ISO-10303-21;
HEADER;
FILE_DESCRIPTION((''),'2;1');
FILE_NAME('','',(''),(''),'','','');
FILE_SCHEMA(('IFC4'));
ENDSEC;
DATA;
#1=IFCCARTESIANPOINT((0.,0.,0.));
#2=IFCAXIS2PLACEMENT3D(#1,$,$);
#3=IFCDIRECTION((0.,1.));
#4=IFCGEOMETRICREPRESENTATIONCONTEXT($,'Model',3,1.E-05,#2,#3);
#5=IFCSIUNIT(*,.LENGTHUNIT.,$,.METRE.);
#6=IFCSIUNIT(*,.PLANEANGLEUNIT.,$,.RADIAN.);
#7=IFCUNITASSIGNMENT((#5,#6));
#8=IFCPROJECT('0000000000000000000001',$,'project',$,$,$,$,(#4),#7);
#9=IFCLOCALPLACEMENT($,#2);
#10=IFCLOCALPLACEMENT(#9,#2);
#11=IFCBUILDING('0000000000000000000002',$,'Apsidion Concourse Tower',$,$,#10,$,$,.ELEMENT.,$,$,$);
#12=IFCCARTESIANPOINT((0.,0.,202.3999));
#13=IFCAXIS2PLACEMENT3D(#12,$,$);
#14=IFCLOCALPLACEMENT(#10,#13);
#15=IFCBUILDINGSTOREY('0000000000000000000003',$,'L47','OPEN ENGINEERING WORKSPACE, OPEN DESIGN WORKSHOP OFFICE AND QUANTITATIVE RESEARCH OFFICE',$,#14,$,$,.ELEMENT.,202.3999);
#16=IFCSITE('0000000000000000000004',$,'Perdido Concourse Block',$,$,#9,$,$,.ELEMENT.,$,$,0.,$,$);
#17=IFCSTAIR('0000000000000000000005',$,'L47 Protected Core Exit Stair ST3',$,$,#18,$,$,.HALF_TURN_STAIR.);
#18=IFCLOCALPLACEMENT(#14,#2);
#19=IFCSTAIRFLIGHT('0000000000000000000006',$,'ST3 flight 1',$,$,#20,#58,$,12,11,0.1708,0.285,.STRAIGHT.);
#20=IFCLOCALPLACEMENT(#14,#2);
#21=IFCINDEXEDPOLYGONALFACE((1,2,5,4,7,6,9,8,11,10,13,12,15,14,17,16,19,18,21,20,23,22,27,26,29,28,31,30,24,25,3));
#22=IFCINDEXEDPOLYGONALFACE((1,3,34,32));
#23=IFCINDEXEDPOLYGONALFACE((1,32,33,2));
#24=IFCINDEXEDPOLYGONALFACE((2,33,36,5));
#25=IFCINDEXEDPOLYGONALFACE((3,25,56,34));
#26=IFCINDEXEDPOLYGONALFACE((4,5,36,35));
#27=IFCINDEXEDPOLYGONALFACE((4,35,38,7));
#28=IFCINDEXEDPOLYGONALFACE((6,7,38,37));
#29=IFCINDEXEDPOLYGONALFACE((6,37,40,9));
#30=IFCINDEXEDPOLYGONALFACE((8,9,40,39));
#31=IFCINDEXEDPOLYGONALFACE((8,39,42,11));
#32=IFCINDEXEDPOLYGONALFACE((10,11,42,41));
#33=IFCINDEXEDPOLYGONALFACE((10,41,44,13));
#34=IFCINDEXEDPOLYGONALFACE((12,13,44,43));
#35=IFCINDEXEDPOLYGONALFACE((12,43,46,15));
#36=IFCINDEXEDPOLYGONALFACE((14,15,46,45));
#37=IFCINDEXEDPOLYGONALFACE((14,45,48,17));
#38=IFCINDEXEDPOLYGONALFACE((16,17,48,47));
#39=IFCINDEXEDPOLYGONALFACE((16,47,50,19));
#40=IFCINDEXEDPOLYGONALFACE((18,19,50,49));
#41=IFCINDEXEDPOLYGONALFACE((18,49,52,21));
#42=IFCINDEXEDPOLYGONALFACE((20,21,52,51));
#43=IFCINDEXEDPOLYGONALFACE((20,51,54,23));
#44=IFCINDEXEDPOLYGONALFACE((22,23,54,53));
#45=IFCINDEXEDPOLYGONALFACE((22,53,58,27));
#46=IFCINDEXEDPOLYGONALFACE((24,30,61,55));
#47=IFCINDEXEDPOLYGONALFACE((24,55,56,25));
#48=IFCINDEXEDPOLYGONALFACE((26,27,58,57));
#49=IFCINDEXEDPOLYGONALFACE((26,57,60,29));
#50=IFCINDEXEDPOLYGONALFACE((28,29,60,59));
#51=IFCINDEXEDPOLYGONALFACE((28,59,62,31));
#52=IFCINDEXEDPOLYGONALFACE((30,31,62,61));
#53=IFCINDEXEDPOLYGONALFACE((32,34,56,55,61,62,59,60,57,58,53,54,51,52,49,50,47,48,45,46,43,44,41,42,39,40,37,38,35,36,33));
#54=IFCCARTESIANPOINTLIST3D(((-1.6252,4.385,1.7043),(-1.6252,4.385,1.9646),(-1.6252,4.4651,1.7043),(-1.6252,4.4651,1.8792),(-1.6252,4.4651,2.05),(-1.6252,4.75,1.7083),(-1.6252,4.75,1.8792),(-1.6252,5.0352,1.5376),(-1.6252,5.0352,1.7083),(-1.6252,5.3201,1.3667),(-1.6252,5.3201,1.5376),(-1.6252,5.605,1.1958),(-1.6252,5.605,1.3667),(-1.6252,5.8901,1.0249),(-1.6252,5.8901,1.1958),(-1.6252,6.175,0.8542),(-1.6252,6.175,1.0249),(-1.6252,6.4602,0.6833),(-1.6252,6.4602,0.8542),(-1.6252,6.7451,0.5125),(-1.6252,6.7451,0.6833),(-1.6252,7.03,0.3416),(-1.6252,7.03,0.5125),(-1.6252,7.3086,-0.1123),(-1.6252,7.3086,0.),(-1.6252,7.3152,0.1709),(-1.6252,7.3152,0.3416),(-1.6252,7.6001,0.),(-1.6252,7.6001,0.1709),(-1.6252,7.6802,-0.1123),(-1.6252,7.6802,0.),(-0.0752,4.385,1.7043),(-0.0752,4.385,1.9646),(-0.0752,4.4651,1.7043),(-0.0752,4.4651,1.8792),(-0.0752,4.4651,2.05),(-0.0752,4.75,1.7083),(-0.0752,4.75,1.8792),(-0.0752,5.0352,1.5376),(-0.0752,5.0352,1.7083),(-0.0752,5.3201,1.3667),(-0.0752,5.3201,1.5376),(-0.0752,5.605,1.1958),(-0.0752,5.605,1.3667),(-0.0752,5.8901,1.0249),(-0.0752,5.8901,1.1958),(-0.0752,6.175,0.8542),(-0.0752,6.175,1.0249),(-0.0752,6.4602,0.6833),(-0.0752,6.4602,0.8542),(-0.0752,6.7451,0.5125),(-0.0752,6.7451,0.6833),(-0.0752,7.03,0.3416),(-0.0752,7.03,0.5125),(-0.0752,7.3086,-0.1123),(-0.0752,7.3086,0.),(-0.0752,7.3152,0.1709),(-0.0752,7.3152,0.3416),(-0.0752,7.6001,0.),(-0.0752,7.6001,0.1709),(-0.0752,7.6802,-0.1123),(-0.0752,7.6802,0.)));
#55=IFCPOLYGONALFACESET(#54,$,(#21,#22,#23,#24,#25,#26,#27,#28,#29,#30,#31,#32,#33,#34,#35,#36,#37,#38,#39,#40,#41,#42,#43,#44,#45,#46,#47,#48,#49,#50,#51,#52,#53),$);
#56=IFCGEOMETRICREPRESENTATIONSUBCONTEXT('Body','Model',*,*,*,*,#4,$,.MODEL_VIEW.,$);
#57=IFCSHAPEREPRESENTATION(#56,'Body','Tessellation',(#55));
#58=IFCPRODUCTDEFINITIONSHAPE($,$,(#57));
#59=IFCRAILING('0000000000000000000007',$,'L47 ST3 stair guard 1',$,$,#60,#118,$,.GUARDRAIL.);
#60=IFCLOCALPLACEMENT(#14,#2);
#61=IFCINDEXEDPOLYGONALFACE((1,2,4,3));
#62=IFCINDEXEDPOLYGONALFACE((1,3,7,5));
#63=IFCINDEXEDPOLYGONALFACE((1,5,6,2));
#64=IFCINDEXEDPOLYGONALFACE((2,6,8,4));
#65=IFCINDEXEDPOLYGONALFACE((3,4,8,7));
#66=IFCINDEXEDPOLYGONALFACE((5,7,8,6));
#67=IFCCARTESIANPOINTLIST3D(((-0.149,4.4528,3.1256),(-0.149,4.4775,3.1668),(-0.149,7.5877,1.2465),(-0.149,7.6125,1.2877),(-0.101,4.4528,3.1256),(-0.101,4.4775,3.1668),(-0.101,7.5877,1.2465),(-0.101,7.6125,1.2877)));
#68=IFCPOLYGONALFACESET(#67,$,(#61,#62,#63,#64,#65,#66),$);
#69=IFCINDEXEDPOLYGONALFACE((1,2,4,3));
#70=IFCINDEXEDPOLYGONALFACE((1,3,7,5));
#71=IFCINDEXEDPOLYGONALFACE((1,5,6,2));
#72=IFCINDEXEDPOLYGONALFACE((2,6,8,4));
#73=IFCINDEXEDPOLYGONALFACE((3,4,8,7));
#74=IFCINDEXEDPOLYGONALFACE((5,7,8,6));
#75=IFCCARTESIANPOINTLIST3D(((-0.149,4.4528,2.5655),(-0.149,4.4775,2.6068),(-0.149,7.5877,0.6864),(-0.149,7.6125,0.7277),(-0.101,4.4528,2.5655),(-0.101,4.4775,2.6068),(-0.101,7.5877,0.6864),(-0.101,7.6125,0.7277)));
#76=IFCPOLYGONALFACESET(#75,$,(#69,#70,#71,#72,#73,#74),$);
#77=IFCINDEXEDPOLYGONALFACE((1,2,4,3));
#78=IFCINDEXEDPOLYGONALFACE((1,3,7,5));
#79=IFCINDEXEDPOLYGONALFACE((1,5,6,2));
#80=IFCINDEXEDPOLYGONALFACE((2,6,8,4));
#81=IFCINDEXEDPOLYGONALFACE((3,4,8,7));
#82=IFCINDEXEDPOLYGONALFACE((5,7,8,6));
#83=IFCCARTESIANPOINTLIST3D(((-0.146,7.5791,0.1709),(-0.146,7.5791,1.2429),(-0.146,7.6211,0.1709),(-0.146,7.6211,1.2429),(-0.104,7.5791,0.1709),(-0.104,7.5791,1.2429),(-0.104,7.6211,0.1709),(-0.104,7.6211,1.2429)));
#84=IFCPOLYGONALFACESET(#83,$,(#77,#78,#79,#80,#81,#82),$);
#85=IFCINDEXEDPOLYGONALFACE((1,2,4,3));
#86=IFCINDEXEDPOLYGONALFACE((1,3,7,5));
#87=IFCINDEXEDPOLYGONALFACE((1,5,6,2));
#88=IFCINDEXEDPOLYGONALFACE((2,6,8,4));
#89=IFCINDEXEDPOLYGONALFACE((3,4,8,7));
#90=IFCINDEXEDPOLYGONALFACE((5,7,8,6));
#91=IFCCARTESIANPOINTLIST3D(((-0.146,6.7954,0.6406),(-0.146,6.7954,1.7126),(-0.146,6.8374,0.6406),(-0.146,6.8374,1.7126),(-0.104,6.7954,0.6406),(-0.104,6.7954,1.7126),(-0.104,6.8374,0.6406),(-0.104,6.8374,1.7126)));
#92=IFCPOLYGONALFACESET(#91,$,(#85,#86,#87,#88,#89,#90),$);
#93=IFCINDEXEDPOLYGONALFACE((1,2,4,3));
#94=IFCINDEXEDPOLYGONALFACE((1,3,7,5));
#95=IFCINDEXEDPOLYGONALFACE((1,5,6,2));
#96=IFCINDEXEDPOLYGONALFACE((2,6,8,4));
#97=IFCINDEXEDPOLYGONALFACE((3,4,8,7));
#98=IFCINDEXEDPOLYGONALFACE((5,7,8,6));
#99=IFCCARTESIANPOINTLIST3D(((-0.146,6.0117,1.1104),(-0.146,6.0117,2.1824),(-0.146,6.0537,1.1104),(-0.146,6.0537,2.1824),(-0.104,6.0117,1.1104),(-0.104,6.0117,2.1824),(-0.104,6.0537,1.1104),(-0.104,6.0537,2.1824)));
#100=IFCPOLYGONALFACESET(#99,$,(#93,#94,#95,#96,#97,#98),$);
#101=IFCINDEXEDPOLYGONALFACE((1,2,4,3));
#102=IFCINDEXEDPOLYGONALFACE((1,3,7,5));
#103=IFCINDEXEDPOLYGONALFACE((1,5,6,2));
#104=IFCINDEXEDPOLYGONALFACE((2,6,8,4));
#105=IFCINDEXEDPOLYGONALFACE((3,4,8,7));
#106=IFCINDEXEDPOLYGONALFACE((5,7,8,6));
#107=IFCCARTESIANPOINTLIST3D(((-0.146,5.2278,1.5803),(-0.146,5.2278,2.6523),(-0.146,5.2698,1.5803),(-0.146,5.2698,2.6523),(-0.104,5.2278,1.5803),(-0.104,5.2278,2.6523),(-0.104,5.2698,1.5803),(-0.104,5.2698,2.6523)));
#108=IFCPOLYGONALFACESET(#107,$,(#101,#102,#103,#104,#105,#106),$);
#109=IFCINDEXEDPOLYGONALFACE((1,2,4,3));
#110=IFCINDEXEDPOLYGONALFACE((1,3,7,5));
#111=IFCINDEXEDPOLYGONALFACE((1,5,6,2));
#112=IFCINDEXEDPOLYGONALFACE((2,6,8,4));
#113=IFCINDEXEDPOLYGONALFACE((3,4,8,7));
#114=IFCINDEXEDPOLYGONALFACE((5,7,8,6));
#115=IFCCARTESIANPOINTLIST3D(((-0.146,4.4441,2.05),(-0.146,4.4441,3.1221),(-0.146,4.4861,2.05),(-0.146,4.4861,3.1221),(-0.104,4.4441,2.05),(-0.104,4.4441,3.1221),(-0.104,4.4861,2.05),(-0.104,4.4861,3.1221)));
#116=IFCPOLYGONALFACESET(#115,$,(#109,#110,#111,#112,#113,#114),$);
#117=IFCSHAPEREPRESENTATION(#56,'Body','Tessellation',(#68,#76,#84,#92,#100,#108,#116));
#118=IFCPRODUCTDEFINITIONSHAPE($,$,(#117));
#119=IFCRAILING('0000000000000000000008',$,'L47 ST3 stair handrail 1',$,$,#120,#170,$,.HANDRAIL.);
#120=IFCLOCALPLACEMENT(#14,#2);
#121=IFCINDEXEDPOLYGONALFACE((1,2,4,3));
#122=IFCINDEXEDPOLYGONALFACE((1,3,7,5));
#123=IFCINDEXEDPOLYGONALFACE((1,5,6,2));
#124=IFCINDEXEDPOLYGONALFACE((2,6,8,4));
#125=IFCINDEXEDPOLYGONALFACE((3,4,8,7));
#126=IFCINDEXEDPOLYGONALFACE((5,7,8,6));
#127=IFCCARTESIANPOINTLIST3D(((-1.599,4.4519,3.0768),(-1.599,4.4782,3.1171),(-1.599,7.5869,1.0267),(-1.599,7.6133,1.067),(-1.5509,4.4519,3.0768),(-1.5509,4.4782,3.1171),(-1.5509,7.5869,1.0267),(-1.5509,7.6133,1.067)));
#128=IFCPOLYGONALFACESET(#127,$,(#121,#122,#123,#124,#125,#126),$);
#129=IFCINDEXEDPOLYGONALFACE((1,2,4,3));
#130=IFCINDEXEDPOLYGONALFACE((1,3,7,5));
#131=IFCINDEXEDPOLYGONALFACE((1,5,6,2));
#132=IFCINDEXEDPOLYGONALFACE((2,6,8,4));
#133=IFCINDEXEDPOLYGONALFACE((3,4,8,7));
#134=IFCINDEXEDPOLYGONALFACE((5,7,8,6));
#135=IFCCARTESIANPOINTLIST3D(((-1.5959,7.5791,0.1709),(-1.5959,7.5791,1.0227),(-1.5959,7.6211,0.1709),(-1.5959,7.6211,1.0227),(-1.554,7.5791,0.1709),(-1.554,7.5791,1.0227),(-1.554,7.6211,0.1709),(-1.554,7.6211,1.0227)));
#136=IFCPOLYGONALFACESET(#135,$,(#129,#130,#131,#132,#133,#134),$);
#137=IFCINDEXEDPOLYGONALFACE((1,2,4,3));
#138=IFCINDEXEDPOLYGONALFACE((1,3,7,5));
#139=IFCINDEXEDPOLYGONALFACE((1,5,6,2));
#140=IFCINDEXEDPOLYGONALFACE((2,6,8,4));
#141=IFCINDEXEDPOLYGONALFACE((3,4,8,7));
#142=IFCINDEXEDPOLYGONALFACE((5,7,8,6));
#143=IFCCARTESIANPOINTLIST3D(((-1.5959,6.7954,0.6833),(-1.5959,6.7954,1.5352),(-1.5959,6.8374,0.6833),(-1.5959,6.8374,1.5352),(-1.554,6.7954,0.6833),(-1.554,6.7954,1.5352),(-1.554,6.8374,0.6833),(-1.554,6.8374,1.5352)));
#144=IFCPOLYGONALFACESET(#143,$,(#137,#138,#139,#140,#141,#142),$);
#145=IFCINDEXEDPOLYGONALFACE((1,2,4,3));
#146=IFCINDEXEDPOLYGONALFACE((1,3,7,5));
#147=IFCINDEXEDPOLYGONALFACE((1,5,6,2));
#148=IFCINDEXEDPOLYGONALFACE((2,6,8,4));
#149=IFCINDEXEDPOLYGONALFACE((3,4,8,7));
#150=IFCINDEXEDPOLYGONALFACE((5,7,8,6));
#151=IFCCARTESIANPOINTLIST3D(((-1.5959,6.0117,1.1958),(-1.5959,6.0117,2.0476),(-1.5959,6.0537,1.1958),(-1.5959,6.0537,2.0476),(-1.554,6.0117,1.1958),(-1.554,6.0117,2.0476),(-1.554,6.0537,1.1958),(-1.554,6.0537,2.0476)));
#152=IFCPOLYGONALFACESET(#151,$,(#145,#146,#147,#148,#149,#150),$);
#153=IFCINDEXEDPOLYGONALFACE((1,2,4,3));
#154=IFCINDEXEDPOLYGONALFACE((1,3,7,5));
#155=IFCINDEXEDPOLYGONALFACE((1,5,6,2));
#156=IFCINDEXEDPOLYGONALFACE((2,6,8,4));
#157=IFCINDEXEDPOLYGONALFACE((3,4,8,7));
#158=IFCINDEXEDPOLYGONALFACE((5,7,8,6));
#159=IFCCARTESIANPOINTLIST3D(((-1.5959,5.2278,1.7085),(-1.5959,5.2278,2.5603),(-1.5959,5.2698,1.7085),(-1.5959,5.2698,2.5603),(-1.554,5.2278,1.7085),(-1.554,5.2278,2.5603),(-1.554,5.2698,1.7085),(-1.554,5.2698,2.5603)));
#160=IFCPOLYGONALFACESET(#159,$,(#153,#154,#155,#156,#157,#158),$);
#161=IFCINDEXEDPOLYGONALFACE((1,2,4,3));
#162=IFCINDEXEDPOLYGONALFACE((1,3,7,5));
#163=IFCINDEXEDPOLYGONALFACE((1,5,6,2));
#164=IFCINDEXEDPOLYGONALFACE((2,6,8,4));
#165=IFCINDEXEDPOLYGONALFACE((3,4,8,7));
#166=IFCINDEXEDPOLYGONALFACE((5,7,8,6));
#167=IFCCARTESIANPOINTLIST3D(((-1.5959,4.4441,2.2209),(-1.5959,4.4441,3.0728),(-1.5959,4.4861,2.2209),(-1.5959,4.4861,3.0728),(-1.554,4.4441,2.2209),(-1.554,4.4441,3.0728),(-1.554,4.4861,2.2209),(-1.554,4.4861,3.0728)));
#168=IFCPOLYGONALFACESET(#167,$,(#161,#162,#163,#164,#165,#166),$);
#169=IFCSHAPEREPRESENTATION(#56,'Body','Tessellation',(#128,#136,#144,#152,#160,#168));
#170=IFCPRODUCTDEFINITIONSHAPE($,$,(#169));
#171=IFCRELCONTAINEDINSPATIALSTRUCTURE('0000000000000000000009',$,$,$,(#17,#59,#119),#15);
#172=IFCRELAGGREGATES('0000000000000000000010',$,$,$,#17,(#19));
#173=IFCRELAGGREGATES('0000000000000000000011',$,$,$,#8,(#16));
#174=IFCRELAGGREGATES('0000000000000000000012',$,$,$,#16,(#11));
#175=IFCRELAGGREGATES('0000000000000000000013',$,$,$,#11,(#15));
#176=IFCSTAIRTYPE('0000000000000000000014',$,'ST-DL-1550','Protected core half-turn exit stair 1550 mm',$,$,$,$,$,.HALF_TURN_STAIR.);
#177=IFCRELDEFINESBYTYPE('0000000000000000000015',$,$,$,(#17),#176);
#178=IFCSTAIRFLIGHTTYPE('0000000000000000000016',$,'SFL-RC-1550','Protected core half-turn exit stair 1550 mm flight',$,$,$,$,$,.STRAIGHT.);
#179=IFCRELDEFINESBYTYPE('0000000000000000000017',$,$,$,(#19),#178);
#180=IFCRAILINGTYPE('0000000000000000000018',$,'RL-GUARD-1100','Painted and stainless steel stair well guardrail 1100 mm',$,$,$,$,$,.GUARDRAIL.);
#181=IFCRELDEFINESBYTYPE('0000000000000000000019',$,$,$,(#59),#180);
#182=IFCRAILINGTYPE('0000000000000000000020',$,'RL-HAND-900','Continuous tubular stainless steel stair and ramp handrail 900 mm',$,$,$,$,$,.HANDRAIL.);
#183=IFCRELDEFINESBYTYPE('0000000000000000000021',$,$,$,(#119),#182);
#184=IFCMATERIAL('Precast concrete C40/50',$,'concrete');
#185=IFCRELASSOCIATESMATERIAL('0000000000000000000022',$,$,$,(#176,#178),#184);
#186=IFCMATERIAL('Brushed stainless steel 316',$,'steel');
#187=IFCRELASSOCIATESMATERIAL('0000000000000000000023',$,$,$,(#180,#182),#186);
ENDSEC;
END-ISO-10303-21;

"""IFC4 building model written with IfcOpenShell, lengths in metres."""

from ifc_helpers import new_model, si_unit, direction, frame, origin, origin_2d, place, context, subcontext, project, spatial, polyline, rectangle, outline, extrude, material, type_object, element, aggregate, save


model = new_model("IFC4")

# Units and contexts
model_context = context("Model", 3, precision=1e-05, world=origin(), true_north=direction((0.0, 1.0)))
body_context = subcontext(model_context, "Body", "Model", "MODEL_VIEW")
ifc_project = project(units=[si_unit("LENGTHUNIT", "METRE"), si_unit("PLANEANGLEUNIT", "RADIAN")], contexts=[model_context])

# Site, building, storey
site_placement = place(None, origin())
site = spatial("IfcSite", under=ifc_project, at=site_placement, Name="Perdido Concourse Block", CompositionType="ELEMENT", RefElevation=0.0)
building_placement = place(site_placement, origin())
building = spatial("IfcBuilding", under=site, at=building_placement, Name="Apsidion Concourse Tower", CompositionType="ELEMENT")
storey_placement = place(building_placement, frame((0.0, 0.0, 202.3999)))
storey = spatial("IfcBuildingStorey", under=building, at=storey_placement, Name="L47", Description="OPEN ENGINEERING WORKSPACE, OPEN DESIGN WORKSHOP OFFICE AND QUANTITATIVE RESEARCH OFFICE", CompositionType="ELEMENT", Elevation=202.3999)

# Shared definitions
ifc_material_1 = material(Name="Brushed stainless steel 316", Category="steel")

# Stair, stair flight
ifc_material_2 = material(Name="Precast concrete C40/50", Category="concrete")
stair_type = type_object("IfcStairType", Name="ST-DL-1550", Description="Protected core half-turn exit stair 1550 mm", PredefinedType="HALF_TURN_STAIR", material=ifc_material_2)
stair_placement = place(storey_placement, origin())
stair = element("IfcStair", 1, at=stair_placement, inside=storey, type_object=stair_type, Name="L47 Protected Core Exit Stair ST3", PredefinedType="HALF_TURN_STAIR")
stair_flight_type = type_object("IfcStairFlightType", Name="SFL-RC-1550", Description="Protected core half-turn exit stair 1550 mm flight", PredefinedType="STRAIGHT", material=ifc_material_2)
stair_flight_placement = place(storey_placement, frame((-0.8501, 7.6001, 0.0), z_axis=(0.0, 0.0, 1.0), x_axis=(0.0, -1.0, 0.0)))
stair_flight = element("IfcStairFlight", 2, at=stair_flight_placement, type_object=stair_flight_type, Name="ST3 flight 1", NumberOfRisers=12, NumberOfTreads=11, PredefinedType="STRAIGHT", RiserHeight=0.1708, TreadLength=0.285, context=body_context, shape_type="SweptSolid", body=[
    extrude(outline(polyline([(-0.0801, -0.1123), (-0.0801, 0.0), (0.0, 0.0), (0.0, 0.1709), (0.2849, 0.1709), (0.2849, 0.3416), (0.5701, 0.3416), (0.5701, 0.5125), (0.855, 0.5125), (0.855, 0.6833), (1.1399, 0.6833), (1.1399, 0.8542), (1.425, 0.8542), (1.425, 1.0249), (1.71, 1.0249), (1.71, 1.1958), (1.9951, 1.1958), (1.9951, 1.3667), (2.28, 1.3667), (2.28, 1.5376), (2.5649, 1.5376), (2.5649, 1.7083), (2.8501, 1.7083), (2.8501, 1.8792), (3.135, 1.8792), (3.135, 2.05), (3.2151, 1.9646), (3.2151, 1.7043), (3.135, 1.7043), (0.2915, 0.0), (0.2915, -0.1123), (-0.0801, -0.1123)])), frame((0.0, 0.7749, 0.0), z_axis=(0.0, -1.0, 0.0), x_axis=(1.0, 0.0, 0.0)), (0.0, 0.0, 1.0), 1.55),
])
aggregate(stair, [stair_flight])

# Railings
railing_type_1 = type_object("IfcRailingType", Name="RL-GUARD-1100", Description="Painted and stainless steel stair well guardrail 1100 mm", PredefinedType="GUARDRAIL", material=ifc_material_1)
railing_1_placement = place(storey_placement, frame((-0.125, 7.6001, 0.1709)))
element("IfcRailing", 3, at=railing_1_placement, inside=storey, type_object=railing_type_1, Name="L47 ST3 stair guard 1", PredefinedType="GUARDRAIL", context=body_context, shape_type="SweptSolid", body=[
    extrude(rectangle(XDim=0.0481, YDim=0.0481, at=origin_2d()), frame((0.0, 0.0, 1.0962), z_axis=(0.0, -0.857717, 0.514122), x_axis=(1.0, 0.0, 0.0)), (0.0, 0.0, 1.0), 3.655),
    extrude(rectangle(XDim=0.0481, YDim=0.0481, at=origin_2d()), frame((0.0, 0.0, 0.5361), z_axis=(0.0, -0.857717, 0.514122), x_axis=(1.0, 0.0, 0.0)), (0.0, 0.0, 1.0), 3.655),
    extrude(rectangle(XDim=0.042, YDim=0.042, at=origin_2d()), origin(), (0.0, 0.0, 1.0), 1.072),
    extrude(rectangle(XDim=0.042, YDim=0.042, at=origin_2d()), frame((0.0, -0.7837, 0.4697)), (0.0, 0.0, 1.0), 1.072),
    extrude(rectangle(XDim=0.042, YDim=0.042, at=origin_2d()), frame((0.0, -1.5674, 0.9395)), (0.0, 0.0, 1.0), 1.072),
    extrude(rectangle(XDim=0.042, YDim=0.042, at=origin_2d()), frame((0.0, -2.3513, 1.4094)), (0.0, 0.0, 1.0), 1.072),
    extrude(rectangle(XDim=0.042, YDim=0.042, at=origin_2d()), frame((0.0, -3.135, 1.8792)), (0.0, 0.0, 1.0), 1.072),
])
railing_type_2 = type_object("IfcRailingType", Name="RL-HAND-900", Description="Continuous tubular stainless steel stair and ramp handrail 900 mm", PredefinedType="HANDRAIL", material=ifc_material_1)
railing_2_placement = place(storey_placement, frame((-1.575, 7.6001, 0.1709)))
element("IfcRailing", 4, at=railing_2_placement, inside=storey, type_object=railing_type_2, Name="L47 ST3 stair handrail 1", PredefinedType="HANDRAIL", context=body_context, shape_type="SweptSolid", body=[
    extrude(rectangle(XDim=0.0481, YDim=0.0481, at=origin_2d()), frame((0.0, 0.0, 0.876), z_axis=(0.0, -0.836941, 0.547293), x_axis=(1.0, 0.0, 0.0)), (0.0, 0.0, 1.0), 3.7458),
    extrude(rectangle(XDim=0.042, YDim=0.042, at=origin_2d()), origin(), (0.0, 0.0, 1.0), 0.8518),
    extrude(rectangle(XDim=0.042, YDim=0.042, at=origin_2d()), frame((0.0, -0.7837, 0.5125)), (0.0, 0.0, 1.0), 0.8518),
    extrude(rectangle(XDim=0.042, YDim=0.042, at=origin_2d()), frame((0.0, -1.5674, 1.0249)), (0.0, 0.0, 1.0), 0.8518),
    extrude(rectangle(XDim=0.042, YDim=0.042, at=origin_2d()), frame((0.0, -2.3513, 1.5376)), (0.0, 0.0, 1.0), 0.8518),
    extrude(rectangle(XDim=0.042, YDim=0.042, at=origin_2d()), frame((0.0, -3.135, 2.05)), (0.0, 0.0, 1.0), 0.8518),
])

save(model, "model.ifc")
